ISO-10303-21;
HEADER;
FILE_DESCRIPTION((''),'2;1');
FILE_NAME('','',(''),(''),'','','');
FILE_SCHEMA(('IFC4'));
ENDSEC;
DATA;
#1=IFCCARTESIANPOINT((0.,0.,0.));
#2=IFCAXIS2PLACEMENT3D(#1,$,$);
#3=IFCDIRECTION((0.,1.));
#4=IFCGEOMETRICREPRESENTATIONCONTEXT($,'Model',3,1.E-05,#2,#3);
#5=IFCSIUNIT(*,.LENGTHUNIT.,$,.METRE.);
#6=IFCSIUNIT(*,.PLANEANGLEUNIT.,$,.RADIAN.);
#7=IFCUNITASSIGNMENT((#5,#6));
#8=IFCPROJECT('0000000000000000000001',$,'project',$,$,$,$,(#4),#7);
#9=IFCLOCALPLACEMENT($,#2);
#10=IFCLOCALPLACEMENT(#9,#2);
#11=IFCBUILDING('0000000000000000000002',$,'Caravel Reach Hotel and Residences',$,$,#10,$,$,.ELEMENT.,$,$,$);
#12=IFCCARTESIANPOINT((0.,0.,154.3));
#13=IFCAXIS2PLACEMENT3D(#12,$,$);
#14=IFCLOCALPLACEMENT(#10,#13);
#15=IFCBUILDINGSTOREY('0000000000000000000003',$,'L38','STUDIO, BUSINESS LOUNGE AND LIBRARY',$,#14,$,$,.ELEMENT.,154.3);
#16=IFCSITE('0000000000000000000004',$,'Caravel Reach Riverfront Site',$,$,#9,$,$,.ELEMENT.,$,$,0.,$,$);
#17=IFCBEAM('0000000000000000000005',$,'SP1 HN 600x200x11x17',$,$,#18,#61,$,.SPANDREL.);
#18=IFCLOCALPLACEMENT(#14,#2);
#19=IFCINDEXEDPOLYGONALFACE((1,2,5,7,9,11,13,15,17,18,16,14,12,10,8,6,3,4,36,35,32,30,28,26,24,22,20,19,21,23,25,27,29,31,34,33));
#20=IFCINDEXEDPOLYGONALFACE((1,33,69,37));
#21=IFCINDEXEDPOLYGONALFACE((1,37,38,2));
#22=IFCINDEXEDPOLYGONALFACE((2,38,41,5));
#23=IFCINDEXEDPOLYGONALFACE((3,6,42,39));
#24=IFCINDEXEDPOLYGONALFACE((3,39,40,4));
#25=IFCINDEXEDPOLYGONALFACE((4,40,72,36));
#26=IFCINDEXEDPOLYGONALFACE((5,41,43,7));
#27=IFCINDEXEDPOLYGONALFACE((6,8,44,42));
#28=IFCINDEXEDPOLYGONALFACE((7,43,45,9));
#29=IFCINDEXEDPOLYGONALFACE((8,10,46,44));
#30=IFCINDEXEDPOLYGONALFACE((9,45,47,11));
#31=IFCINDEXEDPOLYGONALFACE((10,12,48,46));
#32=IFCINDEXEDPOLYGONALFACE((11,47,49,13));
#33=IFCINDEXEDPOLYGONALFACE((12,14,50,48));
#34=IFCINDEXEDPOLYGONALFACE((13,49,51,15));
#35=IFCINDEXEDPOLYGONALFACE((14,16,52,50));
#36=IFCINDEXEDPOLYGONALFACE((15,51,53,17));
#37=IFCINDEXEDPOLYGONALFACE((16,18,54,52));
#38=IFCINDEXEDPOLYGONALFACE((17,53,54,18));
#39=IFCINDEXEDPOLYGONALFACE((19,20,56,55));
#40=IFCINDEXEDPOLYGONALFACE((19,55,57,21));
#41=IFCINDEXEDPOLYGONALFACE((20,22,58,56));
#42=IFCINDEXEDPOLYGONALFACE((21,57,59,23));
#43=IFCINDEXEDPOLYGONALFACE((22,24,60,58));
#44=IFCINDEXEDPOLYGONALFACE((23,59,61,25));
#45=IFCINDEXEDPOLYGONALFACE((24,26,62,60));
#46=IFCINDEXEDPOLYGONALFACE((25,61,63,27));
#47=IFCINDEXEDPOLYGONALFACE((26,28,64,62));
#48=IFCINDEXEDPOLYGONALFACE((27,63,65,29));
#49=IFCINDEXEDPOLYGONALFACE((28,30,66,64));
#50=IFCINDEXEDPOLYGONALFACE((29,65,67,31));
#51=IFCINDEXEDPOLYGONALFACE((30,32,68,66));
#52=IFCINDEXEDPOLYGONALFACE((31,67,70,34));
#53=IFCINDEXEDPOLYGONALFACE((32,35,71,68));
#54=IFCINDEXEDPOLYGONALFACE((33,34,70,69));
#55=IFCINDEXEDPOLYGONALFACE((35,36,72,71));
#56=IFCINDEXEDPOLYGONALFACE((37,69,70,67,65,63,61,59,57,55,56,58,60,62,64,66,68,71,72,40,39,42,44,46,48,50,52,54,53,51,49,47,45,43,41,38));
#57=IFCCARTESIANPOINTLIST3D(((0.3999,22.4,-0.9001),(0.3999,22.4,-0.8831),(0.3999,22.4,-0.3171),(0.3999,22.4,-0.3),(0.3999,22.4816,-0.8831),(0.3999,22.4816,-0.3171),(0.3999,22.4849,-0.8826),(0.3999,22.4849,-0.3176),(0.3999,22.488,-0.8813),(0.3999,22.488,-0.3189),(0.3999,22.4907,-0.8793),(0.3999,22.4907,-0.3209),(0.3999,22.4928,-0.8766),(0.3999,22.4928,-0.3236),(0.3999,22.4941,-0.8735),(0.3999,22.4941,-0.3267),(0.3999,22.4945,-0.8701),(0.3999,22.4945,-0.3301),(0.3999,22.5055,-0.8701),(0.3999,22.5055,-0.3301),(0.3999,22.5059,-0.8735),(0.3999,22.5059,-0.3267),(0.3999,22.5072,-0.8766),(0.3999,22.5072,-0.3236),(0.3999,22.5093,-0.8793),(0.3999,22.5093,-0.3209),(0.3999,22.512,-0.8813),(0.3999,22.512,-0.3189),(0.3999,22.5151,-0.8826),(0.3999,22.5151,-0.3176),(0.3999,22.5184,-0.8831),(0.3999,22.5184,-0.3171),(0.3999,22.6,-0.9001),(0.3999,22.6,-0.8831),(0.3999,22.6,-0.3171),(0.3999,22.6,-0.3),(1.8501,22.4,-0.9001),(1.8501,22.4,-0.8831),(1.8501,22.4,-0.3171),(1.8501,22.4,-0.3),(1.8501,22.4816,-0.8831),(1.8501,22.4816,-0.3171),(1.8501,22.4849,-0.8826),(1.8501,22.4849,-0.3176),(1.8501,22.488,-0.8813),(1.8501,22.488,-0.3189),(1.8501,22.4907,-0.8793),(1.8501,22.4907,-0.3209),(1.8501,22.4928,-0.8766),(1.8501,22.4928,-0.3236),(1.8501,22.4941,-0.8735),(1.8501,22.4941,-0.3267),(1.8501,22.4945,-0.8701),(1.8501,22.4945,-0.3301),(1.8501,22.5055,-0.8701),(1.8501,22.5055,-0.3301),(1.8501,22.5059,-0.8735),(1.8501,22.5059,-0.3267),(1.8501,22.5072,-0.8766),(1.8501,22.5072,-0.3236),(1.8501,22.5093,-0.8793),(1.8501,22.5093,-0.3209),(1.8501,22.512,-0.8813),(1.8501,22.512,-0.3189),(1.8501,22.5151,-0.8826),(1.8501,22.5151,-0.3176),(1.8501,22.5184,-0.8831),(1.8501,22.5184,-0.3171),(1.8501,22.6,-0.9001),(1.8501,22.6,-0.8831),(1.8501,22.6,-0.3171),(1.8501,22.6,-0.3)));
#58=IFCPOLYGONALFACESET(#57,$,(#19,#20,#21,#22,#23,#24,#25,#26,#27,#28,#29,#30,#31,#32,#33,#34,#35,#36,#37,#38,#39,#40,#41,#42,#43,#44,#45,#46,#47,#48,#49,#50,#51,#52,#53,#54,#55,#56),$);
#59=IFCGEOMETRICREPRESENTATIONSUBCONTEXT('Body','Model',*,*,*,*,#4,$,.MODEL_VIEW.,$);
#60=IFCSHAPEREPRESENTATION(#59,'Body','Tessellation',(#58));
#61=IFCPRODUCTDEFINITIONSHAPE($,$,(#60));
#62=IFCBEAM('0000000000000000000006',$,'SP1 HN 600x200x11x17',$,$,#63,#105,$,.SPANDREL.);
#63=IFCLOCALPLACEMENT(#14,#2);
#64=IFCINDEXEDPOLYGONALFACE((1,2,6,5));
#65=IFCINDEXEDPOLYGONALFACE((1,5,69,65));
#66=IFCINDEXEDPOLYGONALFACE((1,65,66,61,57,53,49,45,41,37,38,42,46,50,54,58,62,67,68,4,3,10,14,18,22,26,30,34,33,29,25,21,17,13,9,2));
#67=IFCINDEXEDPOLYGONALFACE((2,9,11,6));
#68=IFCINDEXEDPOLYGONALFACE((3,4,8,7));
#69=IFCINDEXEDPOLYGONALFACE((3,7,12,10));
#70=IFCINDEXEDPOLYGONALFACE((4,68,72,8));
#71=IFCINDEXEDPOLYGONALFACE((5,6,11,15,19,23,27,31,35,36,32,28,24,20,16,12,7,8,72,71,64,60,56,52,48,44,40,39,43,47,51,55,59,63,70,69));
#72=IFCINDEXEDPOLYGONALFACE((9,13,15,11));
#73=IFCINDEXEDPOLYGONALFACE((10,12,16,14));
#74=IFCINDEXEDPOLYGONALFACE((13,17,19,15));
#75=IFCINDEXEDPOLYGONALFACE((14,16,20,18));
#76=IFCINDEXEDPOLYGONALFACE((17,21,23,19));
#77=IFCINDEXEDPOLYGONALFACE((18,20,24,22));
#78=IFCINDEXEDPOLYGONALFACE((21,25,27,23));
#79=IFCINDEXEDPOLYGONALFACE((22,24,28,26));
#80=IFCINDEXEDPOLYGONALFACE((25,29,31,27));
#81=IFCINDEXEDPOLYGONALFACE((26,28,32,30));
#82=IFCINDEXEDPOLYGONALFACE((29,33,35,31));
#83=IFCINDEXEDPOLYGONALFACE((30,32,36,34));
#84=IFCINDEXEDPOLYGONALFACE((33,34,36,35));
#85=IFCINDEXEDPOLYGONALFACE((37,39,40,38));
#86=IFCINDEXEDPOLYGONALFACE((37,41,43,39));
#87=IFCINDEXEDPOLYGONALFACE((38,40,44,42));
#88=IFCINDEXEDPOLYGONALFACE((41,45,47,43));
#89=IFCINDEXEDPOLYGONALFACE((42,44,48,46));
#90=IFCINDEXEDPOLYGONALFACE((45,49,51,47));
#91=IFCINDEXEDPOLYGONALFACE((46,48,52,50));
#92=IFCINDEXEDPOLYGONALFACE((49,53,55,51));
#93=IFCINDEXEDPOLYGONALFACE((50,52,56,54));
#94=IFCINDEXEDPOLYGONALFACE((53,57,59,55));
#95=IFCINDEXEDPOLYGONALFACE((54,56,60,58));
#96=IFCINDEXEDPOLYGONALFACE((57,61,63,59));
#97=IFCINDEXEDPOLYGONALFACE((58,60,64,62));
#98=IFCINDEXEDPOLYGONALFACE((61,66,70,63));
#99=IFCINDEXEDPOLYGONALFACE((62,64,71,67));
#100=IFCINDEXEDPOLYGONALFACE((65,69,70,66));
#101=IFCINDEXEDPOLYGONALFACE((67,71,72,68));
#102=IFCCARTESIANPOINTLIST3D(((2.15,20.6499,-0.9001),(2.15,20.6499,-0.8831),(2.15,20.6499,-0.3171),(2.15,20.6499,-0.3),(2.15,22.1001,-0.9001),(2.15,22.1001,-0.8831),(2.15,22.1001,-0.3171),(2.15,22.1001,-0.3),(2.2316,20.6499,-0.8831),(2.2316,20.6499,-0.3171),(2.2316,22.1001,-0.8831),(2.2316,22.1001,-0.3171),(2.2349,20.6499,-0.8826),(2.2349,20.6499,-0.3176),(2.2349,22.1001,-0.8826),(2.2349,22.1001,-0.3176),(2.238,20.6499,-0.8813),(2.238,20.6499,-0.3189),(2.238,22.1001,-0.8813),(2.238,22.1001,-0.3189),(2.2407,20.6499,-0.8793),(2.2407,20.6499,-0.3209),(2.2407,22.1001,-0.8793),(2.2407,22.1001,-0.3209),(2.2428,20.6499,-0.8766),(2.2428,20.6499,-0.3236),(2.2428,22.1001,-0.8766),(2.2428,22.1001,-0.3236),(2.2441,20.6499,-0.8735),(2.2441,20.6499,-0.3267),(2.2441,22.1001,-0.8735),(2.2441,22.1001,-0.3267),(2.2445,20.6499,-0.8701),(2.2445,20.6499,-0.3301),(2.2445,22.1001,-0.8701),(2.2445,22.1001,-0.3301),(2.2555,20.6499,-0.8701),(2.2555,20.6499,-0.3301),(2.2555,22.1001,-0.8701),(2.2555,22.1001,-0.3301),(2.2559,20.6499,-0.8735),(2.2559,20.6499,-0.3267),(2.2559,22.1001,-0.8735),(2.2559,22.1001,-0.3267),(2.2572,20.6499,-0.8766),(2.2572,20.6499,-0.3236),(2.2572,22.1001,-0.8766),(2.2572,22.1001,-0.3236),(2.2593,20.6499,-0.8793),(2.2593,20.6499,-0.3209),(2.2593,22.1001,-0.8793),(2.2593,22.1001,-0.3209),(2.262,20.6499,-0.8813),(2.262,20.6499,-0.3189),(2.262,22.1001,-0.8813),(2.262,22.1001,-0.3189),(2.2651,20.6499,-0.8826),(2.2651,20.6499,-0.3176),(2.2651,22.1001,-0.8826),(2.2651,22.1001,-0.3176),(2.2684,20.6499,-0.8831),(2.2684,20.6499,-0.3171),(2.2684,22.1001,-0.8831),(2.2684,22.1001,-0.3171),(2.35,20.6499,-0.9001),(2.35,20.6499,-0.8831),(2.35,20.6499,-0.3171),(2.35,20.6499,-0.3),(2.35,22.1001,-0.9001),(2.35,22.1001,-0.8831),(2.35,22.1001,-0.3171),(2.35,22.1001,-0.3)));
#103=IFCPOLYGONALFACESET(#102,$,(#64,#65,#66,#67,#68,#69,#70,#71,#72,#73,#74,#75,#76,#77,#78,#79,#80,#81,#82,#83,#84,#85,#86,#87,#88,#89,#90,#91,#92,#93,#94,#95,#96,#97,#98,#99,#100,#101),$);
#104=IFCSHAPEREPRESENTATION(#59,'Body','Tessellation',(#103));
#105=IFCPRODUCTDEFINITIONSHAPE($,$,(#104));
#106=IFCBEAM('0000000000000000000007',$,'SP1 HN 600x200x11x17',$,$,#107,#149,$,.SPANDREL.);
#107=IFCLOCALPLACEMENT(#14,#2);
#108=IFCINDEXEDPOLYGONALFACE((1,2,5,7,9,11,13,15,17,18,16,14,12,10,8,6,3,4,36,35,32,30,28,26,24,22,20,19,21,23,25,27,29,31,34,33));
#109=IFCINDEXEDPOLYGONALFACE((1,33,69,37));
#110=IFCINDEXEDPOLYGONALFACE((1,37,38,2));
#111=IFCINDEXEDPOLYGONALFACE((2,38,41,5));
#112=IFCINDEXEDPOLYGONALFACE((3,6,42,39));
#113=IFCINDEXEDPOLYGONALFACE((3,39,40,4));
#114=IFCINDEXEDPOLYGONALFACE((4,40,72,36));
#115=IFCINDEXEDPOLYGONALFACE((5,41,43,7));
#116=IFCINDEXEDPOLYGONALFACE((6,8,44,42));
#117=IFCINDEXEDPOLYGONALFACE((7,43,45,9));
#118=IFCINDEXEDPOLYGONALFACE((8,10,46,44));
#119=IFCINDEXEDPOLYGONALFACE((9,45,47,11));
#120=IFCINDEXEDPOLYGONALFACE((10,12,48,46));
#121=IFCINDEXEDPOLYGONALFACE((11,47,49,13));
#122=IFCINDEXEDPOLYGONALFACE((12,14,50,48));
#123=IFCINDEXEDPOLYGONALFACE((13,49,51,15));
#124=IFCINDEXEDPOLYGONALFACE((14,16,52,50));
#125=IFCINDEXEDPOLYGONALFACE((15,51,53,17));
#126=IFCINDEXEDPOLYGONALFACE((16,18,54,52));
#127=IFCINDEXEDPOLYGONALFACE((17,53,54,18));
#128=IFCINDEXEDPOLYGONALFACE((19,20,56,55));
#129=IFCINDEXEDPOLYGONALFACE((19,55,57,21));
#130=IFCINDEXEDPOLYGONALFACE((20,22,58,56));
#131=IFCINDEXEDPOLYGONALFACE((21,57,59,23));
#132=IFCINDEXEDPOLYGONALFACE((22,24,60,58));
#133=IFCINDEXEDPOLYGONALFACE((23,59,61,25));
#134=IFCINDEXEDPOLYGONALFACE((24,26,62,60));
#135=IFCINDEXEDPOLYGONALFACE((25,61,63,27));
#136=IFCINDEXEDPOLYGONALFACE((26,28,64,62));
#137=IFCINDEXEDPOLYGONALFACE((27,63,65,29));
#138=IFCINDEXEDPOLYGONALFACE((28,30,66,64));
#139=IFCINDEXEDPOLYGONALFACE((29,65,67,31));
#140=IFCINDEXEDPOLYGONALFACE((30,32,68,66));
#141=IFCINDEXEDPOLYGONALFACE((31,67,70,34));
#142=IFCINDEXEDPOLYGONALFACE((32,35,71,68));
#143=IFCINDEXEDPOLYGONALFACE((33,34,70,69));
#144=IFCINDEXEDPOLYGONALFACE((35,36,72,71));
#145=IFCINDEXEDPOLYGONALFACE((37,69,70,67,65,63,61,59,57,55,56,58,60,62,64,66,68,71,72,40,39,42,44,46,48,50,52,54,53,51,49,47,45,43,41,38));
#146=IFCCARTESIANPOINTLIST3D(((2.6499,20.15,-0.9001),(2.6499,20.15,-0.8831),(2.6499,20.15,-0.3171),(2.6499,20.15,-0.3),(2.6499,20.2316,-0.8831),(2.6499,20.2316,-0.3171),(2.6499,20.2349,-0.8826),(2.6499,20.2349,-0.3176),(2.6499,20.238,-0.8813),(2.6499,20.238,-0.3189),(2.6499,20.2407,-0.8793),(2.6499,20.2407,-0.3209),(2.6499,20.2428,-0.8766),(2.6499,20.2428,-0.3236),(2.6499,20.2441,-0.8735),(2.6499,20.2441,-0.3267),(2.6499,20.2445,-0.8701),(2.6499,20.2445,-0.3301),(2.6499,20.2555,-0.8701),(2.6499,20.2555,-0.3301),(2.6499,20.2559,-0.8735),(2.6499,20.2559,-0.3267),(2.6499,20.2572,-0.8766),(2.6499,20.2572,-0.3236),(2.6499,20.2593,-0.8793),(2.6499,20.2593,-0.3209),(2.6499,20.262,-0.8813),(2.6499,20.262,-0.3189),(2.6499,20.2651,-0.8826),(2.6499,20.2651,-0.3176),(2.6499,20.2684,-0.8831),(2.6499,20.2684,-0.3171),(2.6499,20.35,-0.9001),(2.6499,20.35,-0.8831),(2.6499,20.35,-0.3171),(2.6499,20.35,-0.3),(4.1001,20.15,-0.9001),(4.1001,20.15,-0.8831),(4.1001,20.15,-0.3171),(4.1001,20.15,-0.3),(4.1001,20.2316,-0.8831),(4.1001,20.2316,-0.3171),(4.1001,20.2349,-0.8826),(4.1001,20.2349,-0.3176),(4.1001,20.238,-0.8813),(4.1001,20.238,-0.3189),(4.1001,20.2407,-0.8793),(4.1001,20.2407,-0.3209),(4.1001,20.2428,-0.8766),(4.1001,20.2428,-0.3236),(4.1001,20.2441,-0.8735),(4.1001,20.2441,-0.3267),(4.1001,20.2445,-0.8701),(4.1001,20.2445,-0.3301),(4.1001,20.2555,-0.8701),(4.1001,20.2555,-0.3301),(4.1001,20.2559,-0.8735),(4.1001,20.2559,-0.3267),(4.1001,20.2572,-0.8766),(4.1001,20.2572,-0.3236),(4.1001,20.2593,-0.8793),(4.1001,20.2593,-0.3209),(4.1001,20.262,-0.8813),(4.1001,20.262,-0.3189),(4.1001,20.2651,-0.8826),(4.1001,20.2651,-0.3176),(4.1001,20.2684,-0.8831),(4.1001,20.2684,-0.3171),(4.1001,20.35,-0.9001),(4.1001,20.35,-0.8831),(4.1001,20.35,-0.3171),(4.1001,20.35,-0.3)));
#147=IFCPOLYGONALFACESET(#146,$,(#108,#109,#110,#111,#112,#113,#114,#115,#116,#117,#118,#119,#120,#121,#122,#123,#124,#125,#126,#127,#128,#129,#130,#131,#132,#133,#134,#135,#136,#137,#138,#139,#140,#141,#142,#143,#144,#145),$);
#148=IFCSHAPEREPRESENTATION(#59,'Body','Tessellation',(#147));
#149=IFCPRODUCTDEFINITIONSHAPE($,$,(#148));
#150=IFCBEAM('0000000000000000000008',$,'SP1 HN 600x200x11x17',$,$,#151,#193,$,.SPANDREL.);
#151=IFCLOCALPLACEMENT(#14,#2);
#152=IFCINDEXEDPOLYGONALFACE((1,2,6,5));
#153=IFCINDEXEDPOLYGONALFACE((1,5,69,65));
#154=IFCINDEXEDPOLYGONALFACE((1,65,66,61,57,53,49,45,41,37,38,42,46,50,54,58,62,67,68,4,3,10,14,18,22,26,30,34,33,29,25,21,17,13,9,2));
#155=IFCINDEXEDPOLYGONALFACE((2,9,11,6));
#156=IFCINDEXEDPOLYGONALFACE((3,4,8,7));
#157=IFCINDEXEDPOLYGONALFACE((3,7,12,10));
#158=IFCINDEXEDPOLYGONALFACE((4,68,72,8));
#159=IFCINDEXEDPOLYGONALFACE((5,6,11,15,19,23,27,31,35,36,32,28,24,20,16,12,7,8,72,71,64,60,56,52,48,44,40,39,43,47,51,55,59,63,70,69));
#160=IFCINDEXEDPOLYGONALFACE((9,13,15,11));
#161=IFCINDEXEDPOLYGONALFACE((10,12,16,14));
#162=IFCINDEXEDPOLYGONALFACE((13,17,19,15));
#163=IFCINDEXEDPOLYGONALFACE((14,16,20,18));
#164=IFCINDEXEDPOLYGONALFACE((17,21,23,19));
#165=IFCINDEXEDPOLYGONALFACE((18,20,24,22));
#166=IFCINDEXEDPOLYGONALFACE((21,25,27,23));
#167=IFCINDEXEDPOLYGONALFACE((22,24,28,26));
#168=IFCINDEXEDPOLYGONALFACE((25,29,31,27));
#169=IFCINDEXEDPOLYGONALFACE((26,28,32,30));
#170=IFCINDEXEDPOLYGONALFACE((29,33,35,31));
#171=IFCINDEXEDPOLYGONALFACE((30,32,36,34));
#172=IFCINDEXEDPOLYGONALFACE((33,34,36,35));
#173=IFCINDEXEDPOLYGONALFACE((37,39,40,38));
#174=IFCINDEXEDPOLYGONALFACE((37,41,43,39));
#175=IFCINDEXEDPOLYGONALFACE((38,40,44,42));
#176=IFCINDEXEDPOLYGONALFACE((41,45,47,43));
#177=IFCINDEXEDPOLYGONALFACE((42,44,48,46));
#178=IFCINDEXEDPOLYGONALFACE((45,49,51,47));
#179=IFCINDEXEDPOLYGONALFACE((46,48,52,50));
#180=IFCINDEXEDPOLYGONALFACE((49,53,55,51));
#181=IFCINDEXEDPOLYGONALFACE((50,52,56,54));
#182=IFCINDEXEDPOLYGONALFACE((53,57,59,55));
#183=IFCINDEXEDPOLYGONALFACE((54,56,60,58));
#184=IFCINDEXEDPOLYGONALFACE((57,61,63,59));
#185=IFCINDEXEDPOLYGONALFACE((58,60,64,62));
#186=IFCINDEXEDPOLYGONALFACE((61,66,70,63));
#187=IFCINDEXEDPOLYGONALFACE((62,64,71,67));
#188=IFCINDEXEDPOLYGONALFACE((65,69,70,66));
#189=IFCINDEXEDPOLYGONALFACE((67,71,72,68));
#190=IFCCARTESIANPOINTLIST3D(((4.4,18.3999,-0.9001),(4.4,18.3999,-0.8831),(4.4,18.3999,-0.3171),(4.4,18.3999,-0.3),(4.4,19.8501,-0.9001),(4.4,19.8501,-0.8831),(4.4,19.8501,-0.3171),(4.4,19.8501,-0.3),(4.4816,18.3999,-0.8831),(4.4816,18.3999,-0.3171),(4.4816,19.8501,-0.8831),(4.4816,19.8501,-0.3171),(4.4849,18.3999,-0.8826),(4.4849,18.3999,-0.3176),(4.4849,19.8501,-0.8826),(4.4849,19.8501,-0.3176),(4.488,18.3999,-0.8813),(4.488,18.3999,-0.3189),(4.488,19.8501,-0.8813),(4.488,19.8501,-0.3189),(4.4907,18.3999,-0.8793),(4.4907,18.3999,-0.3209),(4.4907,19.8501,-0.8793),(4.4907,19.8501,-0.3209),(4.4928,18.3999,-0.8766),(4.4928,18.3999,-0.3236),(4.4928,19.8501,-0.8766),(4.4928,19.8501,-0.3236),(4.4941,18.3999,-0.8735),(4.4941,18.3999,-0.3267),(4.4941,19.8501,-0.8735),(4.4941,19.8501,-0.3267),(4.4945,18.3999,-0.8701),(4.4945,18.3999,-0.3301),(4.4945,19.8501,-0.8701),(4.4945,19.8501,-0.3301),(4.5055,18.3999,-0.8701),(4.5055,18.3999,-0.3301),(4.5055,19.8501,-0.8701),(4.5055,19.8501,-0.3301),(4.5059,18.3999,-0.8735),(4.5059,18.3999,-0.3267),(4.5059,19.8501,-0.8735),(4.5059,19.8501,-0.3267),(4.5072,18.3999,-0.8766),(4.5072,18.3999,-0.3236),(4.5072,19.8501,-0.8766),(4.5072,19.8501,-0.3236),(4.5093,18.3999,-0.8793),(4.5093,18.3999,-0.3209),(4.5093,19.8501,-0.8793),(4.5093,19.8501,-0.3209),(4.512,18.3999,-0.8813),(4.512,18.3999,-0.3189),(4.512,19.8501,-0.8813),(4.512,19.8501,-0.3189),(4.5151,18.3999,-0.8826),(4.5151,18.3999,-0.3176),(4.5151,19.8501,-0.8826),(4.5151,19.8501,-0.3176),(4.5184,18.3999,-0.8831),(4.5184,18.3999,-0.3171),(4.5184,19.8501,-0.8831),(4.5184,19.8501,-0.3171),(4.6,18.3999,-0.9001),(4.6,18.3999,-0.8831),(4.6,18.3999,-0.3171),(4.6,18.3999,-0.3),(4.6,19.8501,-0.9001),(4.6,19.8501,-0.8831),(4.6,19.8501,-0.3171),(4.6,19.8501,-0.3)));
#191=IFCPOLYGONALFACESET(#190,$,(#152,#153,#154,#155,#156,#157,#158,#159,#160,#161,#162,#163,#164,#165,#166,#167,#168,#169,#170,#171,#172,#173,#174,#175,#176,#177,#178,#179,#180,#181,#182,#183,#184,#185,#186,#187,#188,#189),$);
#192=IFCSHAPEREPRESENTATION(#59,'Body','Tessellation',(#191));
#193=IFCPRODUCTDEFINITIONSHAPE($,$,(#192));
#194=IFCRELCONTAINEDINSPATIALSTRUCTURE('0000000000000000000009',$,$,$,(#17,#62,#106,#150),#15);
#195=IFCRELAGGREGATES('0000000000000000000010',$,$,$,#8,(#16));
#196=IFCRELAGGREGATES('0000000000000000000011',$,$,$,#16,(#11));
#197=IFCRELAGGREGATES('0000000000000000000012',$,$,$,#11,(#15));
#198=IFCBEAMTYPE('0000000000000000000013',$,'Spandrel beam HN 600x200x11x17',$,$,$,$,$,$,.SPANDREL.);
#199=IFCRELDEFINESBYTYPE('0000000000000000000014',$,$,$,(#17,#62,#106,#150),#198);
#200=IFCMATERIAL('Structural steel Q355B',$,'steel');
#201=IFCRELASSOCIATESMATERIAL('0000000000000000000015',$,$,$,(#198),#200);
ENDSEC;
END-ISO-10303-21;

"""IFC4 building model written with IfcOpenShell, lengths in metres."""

from ifc_helpers import new_model, si_unit, direction, frame, origin, origin_2d, place, context, subcontext, project, spatial, i_section, extrude, material, material_profile, profile_set, type_object, element, save


model = new_model("IFC4")

# Units and contexts
model_context = context("Model", 3, precision=1e-05, world=origin(), true_north=direction((0.0, 1.0)))
body_context = subcontext(model_context, "Body", "Model", "MODEL_VIEW")
ifc_project = project(units=[si_unit("LENGTHUNIT", "METRE"), si_unit("PLANEANGLEUNIT", "RADIAN")], contexts=[model_context])

# Site, building, storey
site_placement = place(None, origin())
site = spatial("IfcSite", under=ifc_project, at=site_placement, Name="Caravel Reach Riverfront Site", CompositionType="ELEMENT", RefElevation=0.0)
building_placement = place(site_placement, origin())
building = spatial("IfcBuilding", under=site, at=building_placement, Name="Caravel Reach Hotel and Residences", CompositionType="ELEMENT")
storey_placement = place(building_placement, frame((0.0, 0.0, 154.3)))
storey = spatial("IfcBuildingStorey", under=building, at=storey_placement, Name="L38", Description="STUDIO, BUSINESS LOUNGE AND LIBRARY", CompositionType="ELEMENT", Elevation=154.3)

# Beams
ifc_material_1 = material(Name="Structural steel Q355B", Category="steel")
ifc_material_profile_1 = material_profile(ifc_material_1, i_section(OverallWidth=0.2, OverallDepth=0.6001, WebThickness=0.011, FlangeThickness=0.0171, FilletRadius=0.0129, at=origin_2d()), Name="HN 600x200x11x17")
ifc_profile_set_1 = profile_set([ifc_material_profile_1], Name="Structural steel Q355B")
beam_type_1 = type_object("IfcBeamType", Name="Spandrel beam HN 600x200x11x17", PredefinedType="SPANDREL", material=ifc_profile_set_1)
for number, where, z_axis, x_axis, name in (
    (1, (0.3999, 22.5, -0.6001), (1.0, 0.0, 0.0), (0.0, 1.0, 0.0), "SP1 HN 600x200x11x17"),
    (2, (2.25, 22.1001, -0.6001), (0.0, -1.0, 0.0), (1.0, 0.0, 0.0), "SP1 HN 600x200x11x17"),
    (3, (2.6499, 20.25, -0.6001), (1.0, 0.0, 0.0), (0.0, 1.0, 0.0), "SP1 HN 600x200x11x17"),
    (4, (4.5, 19.8501, -0.6001), (0.0, -1.0, 0.0), (1.0, 0.0, 0.0), "SP1 HN 600x200x11x17"),
):
    element("IfcBeam", number, at=place(storey_placement, frame(where, z_axis=z_axis, x_axis=x_axis)), inside=storey, type_object=beam_type_1, Name=name, PredefinedType="SPANDREL", context=body_context, shape_type="SweptSolid", body=[
        extrude(i_section(OverallWidth=0.2, OverallDepth=0.6001, WebThickness=0.011, FlangeThickness=0.0171, FilletRadius=0.0129, at=origin_2d()), origin(), (0.0, 0.0, 1.0), 1.4502),
    ])

save(model, "model.ifc")
